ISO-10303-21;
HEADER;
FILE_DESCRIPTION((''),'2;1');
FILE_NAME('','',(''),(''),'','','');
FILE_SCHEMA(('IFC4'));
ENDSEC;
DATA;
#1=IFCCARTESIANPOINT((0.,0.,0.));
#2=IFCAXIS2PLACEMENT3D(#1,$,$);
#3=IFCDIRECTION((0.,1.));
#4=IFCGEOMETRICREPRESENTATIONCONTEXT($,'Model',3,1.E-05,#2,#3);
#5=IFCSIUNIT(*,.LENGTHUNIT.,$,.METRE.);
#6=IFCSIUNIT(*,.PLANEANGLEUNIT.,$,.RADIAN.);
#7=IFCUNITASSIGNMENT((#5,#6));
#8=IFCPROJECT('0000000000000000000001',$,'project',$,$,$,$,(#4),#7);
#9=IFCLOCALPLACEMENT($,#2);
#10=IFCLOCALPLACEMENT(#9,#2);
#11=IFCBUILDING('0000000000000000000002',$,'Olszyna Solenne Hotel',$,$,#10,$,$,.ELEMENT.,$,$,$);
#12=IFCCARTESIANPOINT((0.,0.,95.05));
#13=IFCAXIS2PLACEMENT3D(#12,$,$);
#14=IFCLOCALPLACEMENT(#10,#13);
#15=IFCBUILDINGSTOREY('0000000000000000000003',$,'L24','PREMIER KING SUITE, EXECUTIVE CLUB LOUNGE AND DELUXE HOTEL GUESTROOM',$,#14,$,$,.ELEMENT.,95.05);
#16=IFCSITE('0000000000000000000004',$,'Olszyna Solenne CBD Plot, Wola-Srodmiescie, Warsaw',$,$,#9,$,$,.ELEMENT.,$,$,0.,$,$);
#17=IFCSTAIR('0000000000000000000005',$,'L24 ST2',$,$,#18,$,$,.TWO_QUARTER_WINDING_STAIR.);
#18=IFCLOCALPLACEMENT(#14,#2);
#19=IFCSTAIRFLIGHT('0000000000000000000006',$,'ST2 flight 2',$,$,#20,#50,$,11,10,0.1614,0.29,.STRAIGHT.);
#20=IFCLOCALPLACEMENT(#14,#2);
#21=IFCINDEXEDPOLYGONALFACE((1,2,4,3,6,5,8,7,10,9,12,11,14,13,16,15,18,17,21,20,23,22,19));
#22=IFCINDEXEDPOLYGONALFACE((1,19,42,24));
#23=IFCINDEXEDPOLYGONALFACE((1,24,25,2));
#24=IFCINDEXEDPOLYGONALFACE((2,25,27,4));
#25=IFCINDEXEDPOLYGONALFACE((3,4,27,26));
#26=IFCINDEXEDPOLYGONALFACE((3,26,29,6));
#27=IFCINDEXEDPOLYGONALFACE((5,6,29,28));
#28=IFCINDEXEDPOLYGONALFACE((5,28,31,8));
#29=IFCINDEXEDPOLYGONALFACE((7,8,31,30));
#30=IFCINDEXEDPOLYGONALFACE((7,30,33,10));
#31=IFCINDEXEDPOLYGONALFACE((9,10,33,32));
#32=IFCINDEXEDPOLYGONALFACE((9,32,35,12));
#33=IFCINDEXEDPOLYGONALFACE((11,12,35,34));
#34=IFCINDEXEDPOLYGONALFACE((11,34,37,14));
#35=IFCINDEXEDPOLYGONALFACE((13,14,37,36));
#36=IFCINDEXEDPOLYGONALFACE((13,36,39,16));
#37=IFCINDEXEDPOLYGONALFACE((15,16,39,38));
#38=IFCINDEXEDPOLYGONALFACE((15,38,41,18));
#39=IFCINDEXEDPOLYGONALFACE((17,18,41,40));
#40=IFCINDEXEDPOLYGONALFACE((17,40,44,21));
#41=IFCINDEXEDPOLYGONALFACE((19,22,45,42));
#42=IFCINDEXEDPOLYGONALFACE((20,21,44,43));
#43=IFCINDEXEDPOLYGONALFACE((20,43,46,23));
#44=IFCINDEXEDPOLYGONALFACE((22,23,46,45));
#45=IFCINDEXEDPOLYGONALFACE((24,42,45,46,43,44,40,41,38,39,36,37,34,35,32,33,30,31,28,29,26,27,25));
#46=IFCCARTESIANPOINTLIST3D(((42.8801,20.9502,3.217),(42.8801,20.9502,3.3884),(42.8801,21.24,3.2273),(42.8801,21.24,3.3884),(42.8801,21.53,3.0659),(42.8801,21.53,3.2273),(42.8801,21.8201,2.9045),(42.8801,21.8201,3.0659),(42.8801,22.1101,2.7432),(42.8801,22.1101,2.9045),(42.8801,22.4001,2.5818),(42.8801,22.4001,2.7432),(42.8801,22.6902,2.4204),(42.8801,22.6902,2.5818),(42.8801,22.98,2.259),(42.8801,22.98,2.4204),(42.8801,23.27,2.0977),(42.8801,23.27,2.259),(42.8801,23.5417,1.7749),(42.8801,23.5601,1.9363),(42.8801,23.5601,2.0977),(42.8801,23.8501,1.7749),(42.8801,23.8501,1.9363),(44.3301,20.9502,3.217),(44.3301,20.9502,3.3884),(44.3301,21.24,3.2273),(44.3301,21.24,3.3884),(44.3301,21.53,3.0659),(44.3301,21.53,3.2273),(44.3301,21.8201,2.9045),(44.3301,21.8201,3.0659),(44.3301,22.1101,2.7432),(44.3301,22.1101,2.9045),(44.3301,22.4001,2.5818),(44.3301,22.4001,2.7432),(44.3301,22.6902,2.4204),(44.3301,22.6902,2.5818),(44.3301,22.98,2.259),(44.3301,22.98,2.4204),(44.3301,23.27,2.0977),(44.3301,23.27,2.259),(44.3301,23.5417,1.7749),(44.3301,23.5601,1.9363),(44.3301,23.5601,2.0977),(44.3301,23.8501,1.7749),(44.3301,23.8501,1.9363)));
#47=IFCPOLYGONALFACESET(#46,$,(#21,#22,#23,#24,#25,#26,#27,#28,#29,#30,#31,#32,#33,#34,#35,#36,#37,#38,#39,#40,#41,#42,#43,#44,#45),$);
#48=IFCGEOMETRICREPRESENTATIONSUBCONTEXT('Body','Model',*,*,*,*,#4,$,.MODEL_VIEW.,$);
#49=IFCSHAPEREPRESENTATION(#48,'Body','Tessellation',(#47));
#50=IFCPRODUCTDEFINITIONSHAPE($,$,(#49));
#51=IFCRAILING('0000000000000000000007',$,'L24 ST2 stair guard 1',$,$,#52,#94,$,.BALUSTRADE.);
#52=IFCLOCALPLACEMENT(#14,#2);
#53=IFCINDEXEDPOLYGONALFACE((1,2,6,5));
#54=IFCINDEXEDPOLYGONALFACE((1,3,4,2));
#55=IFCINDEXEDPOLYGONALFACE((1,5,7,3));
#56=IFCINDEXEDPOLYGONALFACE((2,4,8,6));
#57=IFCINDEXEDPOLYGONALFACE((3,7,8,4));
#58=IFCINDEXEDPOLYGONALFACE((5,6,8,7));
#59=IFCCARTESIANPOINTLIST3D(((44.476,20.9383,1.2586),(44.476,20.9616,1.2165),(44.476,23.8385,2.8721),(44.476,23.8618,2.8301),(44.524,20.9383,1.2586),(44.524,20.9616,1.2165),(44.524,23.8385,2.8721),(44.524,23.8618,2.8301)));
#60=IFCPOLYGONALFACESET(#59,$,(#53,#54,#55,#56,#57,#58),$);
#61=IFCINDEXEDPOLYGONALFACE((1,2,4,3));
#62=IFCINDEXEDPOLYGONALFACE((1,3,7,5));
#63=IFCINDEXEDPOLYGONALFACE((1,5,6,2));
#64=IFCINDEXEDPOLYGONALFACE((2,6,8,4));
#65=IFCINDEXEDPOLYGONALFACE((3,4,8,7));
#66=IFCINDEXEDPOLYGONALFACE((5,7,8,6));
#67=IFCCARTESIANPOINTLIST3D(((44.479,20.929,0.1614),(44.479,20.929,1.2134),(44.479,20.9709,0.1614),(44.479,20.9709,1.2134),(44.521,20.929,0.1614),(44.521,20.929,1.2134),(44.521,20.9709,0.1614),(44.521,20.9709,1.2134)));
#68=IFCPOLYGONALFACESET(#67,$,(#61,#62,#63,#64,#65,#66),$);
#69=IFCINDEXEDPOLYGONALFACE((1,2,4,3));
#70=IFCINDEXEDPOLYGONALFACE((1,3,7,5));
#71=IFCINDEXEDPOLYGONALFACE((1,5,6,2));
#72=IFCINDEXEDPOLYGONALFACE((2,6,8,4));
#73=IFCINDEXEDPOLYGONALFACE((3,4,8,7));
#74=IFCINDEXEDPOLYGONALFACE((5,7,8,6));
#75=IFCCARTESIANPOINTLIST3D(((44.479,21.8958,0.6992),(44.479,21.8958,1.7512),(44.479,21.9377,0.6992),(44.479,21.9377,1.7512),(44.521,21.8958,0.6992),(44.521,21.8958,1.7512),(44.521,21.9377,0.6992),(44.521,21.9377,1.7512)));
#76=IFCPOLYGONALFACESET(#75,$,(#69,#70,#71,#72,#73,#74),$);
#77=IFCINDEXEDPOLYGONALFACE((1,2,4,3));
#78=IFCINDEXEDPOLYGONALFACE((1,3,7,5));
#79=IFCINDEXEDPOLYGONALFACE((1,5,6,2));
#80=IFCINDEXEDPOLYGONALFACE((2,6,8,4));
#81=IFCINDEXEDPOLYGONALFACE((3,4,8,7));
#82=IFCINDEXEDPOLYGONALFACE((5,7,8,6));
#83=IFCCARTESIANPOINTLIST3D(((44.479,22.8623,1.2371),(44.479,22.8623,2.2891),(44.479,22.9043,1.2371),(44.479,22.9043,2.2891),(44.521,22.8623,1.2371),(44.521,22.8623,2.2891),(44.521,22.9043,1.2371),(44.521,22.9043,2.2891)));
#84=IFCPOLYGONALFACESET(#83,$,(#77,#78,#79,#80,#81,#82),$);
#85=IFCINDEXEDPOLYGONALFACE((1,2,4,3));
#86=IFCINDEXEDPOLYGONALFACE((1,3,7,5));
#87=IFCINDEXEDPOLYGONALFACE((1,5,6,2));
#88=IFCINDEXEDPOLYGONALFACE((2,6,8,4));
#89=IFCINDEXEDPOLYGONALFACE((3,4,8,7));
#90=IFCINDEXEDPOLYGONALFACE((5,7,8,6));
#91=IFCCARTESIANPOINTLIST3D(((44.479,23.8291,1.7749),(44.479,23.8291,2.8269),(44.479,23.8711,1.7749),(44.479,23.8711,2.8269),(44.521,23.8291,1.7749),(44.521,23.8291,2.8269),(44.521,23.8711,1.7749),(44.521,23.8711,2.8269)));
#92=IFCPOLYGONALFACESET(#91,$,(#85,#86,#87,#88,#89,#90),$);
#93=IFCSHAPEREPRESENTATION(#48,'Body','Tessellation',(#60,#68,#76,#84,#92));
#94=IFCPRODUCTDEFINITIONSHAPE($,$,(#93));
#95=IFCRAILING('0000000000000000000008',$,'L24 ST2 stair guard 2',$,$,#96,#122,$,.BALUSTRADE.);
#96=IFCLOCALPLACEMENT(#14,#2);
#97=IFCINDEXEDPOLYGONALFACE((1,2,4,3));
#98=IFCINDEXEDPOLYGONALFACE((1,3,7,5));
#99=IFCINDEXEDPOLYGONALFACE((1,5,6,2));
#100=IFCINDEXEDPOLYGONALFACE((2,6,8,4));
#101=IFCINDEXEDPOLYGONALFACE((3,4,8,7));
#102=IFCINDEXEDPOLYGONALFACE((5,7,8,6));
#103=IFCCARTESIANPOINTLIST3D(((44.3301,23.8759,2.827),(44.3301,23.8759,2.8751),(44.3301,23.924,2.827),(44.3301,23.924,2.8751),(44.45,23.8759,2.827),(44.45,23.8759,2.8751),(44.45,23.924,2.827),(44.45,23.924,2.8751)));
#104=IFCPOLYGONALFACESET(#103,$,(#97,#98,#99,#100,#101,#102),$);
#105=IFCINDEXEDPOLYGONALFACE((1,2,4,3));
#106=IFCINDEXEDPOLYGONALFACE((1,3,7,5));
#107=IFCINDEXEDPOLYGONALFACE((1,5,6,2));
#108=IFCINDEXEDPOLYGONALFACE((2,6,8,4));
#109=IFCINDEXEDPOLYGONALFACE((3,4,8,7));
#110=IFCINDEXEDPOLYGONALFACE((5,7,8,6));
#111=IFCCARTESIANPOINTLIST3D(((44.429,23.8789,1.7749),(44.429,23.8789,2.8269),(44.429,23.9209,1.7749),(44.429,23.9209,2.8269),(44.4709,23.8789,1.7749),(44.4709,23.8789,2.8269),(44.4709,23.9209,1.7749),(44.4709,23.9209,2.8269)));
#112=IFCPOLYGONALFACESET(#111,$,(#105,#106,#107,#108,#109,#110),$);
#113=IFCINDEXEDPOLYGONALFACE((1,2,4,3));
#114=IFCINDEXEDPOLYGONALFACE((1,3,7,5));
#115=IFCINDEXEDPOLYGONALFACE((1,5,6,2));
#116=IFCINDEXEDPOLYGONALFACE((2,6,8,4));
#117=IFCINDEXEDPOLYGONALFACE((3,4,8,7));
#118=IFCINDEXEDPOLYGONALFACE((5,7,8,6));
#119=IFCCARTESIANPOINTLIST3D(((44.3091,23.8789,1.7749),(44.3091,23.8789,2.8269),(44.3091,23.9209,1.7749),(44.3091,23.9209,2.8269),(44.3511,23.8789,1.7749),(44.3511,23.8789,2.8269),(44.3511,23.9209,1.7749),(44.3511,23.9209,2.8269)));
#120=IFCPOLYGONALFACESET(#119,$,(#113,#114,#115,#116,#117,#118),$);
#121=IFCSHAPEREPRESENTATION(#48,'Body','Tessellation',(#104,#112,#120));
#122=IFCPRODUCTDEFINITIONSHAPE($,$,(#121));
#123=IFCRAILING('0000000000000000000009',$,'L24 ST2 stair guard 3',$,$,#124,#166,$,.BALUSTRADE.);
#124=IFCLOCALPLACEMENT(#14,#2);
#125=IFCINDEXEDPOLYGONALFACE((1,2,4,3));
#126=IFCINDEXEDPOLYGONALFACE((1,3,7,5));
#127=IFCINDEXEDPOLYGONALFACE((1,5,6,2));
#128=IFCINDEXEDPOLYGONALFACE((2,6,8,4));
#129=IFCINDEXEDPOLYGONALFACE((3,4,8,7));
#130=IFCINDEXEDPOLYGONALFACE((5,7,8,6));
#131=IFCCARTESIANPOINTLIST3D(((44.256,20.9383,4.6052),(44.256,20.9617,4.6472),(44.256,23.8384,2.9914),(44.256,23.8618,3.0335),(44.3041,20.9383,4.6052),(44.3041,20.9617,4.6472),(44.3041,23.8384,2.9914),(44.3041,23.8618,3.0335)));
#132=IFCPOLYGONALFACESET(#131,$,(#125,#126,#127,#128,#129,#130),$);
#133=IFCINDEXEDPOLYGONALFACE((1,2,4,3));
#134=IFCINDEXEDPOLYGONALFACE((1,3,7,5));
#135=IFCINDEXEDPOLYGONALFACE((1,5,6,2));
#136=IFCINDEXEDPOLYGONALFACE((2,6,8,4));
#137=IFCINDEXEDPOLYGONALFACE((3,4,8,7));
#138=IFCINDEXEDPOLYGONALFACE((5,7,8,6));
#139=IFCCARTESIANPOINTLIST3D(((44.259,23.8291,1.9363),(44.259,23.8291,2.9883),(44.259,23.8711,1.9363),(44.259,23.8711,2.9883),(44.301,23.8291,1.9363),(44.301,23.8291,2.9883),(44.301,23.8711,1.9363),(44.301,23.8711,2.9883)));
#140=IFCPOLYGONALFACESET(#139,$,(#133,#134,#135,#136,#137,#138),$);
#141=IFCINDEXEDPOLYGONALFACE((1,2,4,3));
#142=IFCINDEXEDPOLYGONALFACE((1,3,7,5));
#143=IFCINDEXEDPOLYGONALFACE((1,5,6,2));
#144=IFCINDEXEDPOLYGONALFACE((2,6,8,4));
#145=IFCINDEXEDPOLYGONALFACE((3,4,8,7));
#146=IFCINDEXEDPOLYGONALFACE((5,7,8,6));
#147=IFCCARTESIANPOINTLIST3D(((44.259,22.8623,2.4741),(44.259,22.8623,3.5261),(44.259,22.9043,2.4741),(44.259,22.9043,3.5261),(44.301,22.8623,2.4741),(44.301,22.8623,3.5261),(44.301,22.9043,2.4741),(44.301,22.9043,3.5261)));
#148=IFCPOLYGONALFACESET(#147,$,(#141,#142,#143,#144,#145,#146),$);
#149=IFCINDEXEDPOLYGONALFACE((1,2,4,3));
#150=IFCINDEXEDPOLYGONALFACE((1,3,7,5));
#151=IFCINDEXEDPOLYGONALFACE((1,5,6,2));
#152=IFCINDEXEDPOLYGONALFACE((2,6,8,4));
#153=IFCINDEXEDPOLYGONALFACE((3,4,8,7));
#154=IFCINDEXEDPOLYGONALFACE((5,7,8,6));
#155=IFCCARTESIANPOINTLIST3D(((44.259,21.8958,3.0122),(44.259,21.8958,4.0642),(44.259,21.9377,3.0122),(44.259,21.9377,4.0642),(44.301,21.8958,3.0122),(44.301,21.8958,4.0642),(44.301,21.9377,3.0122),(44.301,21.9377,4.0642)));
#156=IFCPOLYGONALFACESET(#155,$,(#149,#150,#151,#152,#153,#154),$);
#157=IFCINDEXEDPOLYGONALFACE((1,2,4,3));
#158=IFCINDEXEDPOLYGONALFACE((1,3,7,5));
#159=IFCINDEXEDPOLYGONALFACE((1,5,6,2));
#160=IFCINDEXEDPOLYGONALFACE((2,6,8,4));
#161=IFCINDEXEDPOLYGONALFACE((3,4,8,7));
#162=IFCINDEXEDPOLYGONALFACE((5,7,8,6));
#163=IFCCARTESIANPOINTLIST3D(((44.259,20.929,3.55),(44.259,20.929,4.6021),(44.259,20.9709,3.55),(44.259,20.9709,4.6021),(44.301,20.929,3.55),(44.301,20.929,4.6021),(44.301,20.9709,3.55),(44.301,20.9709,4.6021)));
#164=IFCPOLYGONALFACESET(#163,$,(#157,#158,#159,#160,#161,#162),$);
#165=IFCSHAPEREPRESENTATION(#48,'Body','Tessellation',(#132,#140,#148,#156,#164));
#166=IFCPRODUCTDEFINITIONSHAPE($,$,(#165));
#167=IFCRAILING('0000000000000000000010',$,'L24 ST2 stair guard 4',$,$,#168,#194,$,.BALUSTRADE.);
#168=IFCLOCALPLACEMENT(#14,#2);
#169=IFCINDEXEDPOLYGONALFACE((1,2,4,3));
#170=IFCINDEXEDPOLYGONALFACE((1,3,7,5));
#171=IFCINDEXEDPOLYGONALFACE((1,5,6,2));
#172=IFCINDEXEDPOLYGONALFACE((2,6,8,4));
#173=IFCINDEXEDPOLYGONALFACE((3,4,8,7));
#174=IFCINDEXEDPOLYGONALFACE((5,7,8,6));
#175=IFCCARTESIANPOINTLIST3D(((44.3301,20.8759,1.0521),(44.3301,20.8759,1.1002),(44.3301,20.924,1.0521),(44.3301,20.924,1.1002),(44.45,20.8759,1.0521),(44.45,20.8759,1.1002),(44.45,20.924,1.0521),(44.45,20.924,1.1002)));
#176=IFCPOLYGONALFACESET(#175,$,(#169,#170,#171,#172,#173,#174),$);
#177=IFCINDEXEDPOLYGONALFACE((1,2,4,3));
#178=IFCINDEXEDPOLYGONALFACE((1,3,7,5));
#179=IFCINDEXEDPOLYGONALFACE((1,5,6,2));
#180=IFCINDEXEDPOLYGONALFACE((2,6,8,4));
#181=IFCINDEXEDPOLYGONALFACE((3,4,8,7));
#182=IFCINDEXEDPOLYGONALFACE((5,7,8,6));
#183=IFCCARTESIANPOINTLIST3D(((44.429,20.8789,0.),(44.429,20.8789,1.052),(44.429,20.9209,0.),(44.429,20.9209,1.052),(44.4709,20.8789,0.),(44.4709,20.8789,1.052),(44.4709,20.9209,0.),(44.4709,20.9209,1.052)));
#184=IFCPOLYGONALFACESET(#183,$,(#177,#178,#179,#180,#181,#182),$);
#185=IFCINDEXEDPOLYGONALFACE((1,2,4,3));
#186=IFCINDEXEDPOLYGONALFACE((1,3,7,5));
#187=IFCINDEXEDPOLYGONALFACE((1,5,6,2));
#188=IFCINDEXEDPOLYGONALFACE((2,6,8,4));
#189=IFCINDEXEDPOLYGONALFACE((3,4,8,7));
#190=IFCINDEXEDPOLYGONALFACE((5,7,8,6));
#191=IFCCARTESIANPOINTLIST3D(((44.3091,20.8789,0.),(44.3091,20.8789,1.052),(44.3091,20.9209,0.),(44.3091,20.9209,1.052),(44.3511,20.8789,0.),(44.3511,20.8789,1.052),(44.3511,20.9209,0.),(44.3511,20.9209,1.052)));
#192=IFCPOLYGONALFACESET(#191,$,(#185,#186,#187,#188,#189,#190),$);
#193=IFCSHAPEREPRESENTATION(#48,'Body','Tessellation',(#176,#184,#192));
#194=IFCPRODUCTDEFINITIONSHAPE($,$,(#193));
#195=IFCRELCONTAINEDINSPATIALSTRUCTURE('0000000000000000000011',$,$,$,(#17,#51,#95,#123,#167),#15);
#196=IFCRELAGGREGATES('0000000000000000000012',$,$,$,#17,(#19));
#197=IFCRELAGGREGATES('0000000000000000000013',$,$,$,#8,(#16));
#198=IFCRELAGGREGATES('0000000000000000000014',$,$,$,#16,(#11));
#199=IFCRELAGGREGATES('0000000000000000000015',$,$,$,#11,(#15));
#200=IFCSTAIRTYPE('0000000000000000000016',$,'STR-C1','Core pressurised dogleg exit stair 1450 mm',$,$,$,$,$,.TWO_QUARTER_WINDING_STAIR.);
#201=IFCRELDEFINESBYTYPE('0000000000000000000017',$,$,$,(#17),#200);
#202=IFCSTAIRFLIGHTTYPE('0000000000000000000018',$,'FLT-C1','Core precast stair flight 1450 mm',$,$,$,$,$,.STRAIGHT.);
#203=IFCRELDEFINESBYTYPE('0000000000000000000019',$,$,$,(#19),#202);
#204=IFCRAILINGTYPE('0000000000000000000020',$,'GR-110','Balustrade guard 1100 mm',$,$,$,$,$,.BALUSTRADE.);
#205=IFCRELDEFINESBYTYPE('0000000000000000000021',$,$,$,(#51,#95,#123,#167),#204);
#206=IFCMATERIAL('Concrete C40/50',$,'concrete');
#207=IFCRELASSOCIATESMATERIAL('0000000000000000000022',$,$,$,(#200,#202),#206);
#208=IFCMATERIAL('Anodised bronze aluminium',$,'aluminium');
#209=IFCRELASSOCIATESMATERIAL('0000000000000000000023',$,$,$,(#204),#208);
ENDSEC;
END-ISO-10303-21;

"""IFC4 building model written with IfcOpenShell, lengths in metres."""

from ifc_helpers import new_model, si_unit, direction, frame, origin, origin_2d, place, context, subcontext, project, spatial, polyline, rectangle, outline, extrude, material, type_object, element, aggregate, save


model = new_model("IFC4")

# Units and contexts
model_context = context("Model", 3, precision=1e-05, world=origin(), true_north=direction((0.0, 1.0)))
body_context = subcontext(model_context, "Body", "Model", "MODEL_VIEW")
ifc_project = project(units=[si_unit("LENGTHUNIT", "METRE"), si_unit("PLANEANGLEUNIT", "RADIAN")], contexts=[model_context])

# Site, building, storey
site_placement = place(None, origin())
site = spatial("IfcSite", under=ifc_project, at=site_placement, Name="Olszyna Solenne CBD Plot, Wola-Srodmiescie, Warsaw", CompositionType="ELEMENT", RefElevation=0.0)
building_placement = place(site_placement, origin())
building = spatial("IfcBuilding", under=site, at=building_placement, Name="Olszyna Solenne Hotel", CompositionType="ELEMENT")
storey_placement = place(building_placement, frame((0.0, 0.0, 95.05)))
storey = spatial("IfcBuildingStorey", under=building, at=storey_placement, Name="L24", Description="PREMIER KING SUITE, EXECUTIVE CLUB LOUNGE AND DELUXE HOTEL GUESTROOM", CompositionType="ELEMENT", Elevation=95.05)

# Stair, stair flight
ifc_material_1 = material(Name="Concrete C40/50", Category="concrete")
stair_type = type_object("IfcStairType", Name="STR-C1", Description="Core pressurised dogleg exit stair 1450 mm", PredefinedType="TWO_QUARTER_WINDING_STAIR", material=ifc_material_1)
stair_placement = place(storey_placement, origin())
stair = element("IfcStair", 1, at=stair_placement, inside=storey, type_object=stair_type, Name="L24 ST2", PredefinedType="TWO_QUARTER_WINDING_STAIR")
stair_flight_type = type_object("IfcStairFlightType", Name="FLT-C1", Description="Core precast stair flight 1450 mm", PredefinedType="STRAIGHT", material=ifc_material_1)
stair_flight_1_placement = place(storey_placement, frame((43.605, 23.8501, 1.7749), z_axis=(0.0, 0.0, 1.0), x_axis=(0.0, -1.0, 0.0)))
stair_flight_1 = element("IfcStairFlight", 2, at=stair_flight_1_placement, type_object=stair_flight_type, Name="ST2 flight 2", NumberOfRisers=11, NumberOfTreads=10, PredefinedType="STRAIGHT", RiserHeight=0.1614, TreadLength=0.29, context=body_context, shape_type="SweptSolid", body=[
    extrude(outline(polyline([(0.0, 0.0), (0.0, 0.1614), (0.29, 0.1614), (0.29, 0.3228), (0.5801, 0.3228), (0.5801, 0.4841), (0.8701, 0.4841), (0.8701, 0.6455), (1.1599, 0.6455), (1.1599, 0.8069), (1.45, 0.8069), (1.45, 0.9683), (1.74, 0.9683), (1.74, 1.1296), (2.03, 1.1296), (2.03, 1.291), (2.3201, 1.291), (2.3201, 1.4524), (2.6101, 1.4524), (2.6101, 1.6135), (2.8999, 1.6135), (2.8999, 1.7749), (2.8999, 1.4421), (0.3083, 0.0), (0.0, 0.0)])), frame((0.0, 0.7251, 0.0), z_axis=(0.0, -1.0, 0.0), x_axis=(1.0, 0.0, 0.0)), (0.0, 0.0, 1.0), 1.45),
])
aggregate(stair, [stair_flight_1])

# Railings
ifc_material_2 = material(Name="Anodised bronze aluminium", Category="aluminium")
railing_type_1 = type_object("IfcRailingType", Name="GR-110", Description="Balustrade guard 1100 mm", PredefinedType="BALUSTRADE", material=ifc_material_2)
railing_1_placement = place(storey_placement, frame((44.5, 20.95, 0.1614)))
element("IfcRailing", 3, at=railing_1_placement, inside=storey, type_object=railing_type_1, Name="L24 ST2 stair guard 1", PredefinedType="BALUSTRADE", context=body_context, shape_type="SweptSolid", body=[
    extrude(rectangle(XDim=0.0481, YDim=0.0481, at=origin_2d()), frame((0.0, 0.0, 1.0762), z_axis=(0.0, 0.873859, 0.48618), x_axis=(-1.0, 0.0, 0.0)), (0.0, 0.0, 1.0), 3.3188),
    extrude(rectangle(XDim=0.042, YDim=0.042, at=origin_2d()), origin(), (0.0, 0.0, 1.0), 1.052),
    extrude(rectangle(XDim=0.042, YDim=0.042, at=origin_2d()), frame((0.0, 0.9668, 0.5378)), (0.0, 0.0, 1.0), 1.052),
    extrude(rectangle(XDim=0.042, YDim=0.042, at=origin_2d()), frame((0.0, 1.9333, 1.0757)), (0.0, 0.0, 1.0), 1.052),
    extrude(rectangle(XDim=0.042, YDim=0.042, at=origin_2d()), frame((0.0, 2.9001, 1.6135)), (0.0, 0.0, 1.0), 1.052),
])
railing_2_placement = place(storey_placement, frame((44.45, 23.8999, 1.7749)))
element("IfcRailing", 4, at=railing_2_placement, inside=storey, type_object=railing_type_1, Name="L24 ST2 stair guard 2", PredefinedType="BALUSTRADE", context=body_context, shape_type="SweptSolid", body=[
    extrude(rectangle(XDim=0.0481, YDim=0.0481, at=origin_2d()), frame((0.0, 0.0, 1.0762), z_axis=(-1.0, 0.0, 0.0), x_axis=(0.0, -1.0, 0.0)), (0.0, 0.0, 1.0), 0.1199),
    extrude(rectangle(XDim=0.042, YDim=0.042, at=origin_2d()), origin(), (0.0, 0.0, 1.0), 1.052),
    extrude(rectangle(XDim=0.042, YDim=0.042, at=origin_2d()), frame((-0.1199, 0.0, 0.0)), (0.0, 0.0, 1.0), 1.052),
])
railing_3_placement = place(storey_placement, frame((44.28, 23.8501, 1.9363)))
element("IfcRailing", 5, at=railing_3_placement, inside=storey, type_object=railing_type_1, Name="L24 ST2 stair guard 3", PredefinedType="BALUSTRADE", context=body_context, shape_type="SweptSolid", body=[
    extrude(rectangle(XDim=0.0481, YDim=0.0481, at=origin_2d()), frame((0.0, 0.0, 1.0762), z_axis=(0.0, -0.873827, 0.486236), x_axis=(1.0, 0.0, 0.0)), (0.0, 0.0, 1.0), 3.3188),
    extrude(rectangle(XDim=0.042, YDim=0.042, at=origin_2d()), origin(), (0.0, 0.0, 1.0), 1.052),
    extrude(rectangle(XDim=0.042, YDim=0.042, at=origin_2d()), frame((0.0, -0.9668, 0.5378)), (0.0, 0.0, 1.0), 1.052),
    extrude(rectangle(XDim=0.042, YDim=0.042, at=origin_2d()), frame((0.0, -1.9333, 1.0759)), (0.0, 0.0, 1.0), 1.052),
    extrude(rectangle(XDim=0.042, YDim=0.042, at=origin_2d()), frame((0.0, -2.9001, 1.6138)), (0.0, 0.0, 1.0), 1.052),
])
railing_4_placement = place(storey_placement, frame((44.45, 20.8999, 0.0)))
element("IfcRailing", 6, at=railing_4_placement, inside=storey, type_object=railing_type_1, Name="L24 ST2 stair guard 4", PredefinedType="BALUSTRADE", context=body_context, shape_type="SweptSolid", body=[
    extrude(rectangle(XDim=0.0481, YDim=0.0481, at=origin_2d()), frame((0.0, 0.0, 1.0762), z_axis=(-1.0, 0.0, 0.0), x_axis=(0.0, -1.0, 0.0)), (0.0, 0.0, 1.0), 0.1199),
    extrude(rectangle(XDim=0.042, YDim=0.042, at=origin_2d()), origin(), (0.0, 0.0, 1.0), 1.052),
    extrude(rectangle(XDim=0.042, YDim=0.042, at=origin_2d()), frame((-0.1199, 0.0, 0.0)), (0.0, 0.0, 1.0), 1.052),
])

save(model, "model.ifc")
